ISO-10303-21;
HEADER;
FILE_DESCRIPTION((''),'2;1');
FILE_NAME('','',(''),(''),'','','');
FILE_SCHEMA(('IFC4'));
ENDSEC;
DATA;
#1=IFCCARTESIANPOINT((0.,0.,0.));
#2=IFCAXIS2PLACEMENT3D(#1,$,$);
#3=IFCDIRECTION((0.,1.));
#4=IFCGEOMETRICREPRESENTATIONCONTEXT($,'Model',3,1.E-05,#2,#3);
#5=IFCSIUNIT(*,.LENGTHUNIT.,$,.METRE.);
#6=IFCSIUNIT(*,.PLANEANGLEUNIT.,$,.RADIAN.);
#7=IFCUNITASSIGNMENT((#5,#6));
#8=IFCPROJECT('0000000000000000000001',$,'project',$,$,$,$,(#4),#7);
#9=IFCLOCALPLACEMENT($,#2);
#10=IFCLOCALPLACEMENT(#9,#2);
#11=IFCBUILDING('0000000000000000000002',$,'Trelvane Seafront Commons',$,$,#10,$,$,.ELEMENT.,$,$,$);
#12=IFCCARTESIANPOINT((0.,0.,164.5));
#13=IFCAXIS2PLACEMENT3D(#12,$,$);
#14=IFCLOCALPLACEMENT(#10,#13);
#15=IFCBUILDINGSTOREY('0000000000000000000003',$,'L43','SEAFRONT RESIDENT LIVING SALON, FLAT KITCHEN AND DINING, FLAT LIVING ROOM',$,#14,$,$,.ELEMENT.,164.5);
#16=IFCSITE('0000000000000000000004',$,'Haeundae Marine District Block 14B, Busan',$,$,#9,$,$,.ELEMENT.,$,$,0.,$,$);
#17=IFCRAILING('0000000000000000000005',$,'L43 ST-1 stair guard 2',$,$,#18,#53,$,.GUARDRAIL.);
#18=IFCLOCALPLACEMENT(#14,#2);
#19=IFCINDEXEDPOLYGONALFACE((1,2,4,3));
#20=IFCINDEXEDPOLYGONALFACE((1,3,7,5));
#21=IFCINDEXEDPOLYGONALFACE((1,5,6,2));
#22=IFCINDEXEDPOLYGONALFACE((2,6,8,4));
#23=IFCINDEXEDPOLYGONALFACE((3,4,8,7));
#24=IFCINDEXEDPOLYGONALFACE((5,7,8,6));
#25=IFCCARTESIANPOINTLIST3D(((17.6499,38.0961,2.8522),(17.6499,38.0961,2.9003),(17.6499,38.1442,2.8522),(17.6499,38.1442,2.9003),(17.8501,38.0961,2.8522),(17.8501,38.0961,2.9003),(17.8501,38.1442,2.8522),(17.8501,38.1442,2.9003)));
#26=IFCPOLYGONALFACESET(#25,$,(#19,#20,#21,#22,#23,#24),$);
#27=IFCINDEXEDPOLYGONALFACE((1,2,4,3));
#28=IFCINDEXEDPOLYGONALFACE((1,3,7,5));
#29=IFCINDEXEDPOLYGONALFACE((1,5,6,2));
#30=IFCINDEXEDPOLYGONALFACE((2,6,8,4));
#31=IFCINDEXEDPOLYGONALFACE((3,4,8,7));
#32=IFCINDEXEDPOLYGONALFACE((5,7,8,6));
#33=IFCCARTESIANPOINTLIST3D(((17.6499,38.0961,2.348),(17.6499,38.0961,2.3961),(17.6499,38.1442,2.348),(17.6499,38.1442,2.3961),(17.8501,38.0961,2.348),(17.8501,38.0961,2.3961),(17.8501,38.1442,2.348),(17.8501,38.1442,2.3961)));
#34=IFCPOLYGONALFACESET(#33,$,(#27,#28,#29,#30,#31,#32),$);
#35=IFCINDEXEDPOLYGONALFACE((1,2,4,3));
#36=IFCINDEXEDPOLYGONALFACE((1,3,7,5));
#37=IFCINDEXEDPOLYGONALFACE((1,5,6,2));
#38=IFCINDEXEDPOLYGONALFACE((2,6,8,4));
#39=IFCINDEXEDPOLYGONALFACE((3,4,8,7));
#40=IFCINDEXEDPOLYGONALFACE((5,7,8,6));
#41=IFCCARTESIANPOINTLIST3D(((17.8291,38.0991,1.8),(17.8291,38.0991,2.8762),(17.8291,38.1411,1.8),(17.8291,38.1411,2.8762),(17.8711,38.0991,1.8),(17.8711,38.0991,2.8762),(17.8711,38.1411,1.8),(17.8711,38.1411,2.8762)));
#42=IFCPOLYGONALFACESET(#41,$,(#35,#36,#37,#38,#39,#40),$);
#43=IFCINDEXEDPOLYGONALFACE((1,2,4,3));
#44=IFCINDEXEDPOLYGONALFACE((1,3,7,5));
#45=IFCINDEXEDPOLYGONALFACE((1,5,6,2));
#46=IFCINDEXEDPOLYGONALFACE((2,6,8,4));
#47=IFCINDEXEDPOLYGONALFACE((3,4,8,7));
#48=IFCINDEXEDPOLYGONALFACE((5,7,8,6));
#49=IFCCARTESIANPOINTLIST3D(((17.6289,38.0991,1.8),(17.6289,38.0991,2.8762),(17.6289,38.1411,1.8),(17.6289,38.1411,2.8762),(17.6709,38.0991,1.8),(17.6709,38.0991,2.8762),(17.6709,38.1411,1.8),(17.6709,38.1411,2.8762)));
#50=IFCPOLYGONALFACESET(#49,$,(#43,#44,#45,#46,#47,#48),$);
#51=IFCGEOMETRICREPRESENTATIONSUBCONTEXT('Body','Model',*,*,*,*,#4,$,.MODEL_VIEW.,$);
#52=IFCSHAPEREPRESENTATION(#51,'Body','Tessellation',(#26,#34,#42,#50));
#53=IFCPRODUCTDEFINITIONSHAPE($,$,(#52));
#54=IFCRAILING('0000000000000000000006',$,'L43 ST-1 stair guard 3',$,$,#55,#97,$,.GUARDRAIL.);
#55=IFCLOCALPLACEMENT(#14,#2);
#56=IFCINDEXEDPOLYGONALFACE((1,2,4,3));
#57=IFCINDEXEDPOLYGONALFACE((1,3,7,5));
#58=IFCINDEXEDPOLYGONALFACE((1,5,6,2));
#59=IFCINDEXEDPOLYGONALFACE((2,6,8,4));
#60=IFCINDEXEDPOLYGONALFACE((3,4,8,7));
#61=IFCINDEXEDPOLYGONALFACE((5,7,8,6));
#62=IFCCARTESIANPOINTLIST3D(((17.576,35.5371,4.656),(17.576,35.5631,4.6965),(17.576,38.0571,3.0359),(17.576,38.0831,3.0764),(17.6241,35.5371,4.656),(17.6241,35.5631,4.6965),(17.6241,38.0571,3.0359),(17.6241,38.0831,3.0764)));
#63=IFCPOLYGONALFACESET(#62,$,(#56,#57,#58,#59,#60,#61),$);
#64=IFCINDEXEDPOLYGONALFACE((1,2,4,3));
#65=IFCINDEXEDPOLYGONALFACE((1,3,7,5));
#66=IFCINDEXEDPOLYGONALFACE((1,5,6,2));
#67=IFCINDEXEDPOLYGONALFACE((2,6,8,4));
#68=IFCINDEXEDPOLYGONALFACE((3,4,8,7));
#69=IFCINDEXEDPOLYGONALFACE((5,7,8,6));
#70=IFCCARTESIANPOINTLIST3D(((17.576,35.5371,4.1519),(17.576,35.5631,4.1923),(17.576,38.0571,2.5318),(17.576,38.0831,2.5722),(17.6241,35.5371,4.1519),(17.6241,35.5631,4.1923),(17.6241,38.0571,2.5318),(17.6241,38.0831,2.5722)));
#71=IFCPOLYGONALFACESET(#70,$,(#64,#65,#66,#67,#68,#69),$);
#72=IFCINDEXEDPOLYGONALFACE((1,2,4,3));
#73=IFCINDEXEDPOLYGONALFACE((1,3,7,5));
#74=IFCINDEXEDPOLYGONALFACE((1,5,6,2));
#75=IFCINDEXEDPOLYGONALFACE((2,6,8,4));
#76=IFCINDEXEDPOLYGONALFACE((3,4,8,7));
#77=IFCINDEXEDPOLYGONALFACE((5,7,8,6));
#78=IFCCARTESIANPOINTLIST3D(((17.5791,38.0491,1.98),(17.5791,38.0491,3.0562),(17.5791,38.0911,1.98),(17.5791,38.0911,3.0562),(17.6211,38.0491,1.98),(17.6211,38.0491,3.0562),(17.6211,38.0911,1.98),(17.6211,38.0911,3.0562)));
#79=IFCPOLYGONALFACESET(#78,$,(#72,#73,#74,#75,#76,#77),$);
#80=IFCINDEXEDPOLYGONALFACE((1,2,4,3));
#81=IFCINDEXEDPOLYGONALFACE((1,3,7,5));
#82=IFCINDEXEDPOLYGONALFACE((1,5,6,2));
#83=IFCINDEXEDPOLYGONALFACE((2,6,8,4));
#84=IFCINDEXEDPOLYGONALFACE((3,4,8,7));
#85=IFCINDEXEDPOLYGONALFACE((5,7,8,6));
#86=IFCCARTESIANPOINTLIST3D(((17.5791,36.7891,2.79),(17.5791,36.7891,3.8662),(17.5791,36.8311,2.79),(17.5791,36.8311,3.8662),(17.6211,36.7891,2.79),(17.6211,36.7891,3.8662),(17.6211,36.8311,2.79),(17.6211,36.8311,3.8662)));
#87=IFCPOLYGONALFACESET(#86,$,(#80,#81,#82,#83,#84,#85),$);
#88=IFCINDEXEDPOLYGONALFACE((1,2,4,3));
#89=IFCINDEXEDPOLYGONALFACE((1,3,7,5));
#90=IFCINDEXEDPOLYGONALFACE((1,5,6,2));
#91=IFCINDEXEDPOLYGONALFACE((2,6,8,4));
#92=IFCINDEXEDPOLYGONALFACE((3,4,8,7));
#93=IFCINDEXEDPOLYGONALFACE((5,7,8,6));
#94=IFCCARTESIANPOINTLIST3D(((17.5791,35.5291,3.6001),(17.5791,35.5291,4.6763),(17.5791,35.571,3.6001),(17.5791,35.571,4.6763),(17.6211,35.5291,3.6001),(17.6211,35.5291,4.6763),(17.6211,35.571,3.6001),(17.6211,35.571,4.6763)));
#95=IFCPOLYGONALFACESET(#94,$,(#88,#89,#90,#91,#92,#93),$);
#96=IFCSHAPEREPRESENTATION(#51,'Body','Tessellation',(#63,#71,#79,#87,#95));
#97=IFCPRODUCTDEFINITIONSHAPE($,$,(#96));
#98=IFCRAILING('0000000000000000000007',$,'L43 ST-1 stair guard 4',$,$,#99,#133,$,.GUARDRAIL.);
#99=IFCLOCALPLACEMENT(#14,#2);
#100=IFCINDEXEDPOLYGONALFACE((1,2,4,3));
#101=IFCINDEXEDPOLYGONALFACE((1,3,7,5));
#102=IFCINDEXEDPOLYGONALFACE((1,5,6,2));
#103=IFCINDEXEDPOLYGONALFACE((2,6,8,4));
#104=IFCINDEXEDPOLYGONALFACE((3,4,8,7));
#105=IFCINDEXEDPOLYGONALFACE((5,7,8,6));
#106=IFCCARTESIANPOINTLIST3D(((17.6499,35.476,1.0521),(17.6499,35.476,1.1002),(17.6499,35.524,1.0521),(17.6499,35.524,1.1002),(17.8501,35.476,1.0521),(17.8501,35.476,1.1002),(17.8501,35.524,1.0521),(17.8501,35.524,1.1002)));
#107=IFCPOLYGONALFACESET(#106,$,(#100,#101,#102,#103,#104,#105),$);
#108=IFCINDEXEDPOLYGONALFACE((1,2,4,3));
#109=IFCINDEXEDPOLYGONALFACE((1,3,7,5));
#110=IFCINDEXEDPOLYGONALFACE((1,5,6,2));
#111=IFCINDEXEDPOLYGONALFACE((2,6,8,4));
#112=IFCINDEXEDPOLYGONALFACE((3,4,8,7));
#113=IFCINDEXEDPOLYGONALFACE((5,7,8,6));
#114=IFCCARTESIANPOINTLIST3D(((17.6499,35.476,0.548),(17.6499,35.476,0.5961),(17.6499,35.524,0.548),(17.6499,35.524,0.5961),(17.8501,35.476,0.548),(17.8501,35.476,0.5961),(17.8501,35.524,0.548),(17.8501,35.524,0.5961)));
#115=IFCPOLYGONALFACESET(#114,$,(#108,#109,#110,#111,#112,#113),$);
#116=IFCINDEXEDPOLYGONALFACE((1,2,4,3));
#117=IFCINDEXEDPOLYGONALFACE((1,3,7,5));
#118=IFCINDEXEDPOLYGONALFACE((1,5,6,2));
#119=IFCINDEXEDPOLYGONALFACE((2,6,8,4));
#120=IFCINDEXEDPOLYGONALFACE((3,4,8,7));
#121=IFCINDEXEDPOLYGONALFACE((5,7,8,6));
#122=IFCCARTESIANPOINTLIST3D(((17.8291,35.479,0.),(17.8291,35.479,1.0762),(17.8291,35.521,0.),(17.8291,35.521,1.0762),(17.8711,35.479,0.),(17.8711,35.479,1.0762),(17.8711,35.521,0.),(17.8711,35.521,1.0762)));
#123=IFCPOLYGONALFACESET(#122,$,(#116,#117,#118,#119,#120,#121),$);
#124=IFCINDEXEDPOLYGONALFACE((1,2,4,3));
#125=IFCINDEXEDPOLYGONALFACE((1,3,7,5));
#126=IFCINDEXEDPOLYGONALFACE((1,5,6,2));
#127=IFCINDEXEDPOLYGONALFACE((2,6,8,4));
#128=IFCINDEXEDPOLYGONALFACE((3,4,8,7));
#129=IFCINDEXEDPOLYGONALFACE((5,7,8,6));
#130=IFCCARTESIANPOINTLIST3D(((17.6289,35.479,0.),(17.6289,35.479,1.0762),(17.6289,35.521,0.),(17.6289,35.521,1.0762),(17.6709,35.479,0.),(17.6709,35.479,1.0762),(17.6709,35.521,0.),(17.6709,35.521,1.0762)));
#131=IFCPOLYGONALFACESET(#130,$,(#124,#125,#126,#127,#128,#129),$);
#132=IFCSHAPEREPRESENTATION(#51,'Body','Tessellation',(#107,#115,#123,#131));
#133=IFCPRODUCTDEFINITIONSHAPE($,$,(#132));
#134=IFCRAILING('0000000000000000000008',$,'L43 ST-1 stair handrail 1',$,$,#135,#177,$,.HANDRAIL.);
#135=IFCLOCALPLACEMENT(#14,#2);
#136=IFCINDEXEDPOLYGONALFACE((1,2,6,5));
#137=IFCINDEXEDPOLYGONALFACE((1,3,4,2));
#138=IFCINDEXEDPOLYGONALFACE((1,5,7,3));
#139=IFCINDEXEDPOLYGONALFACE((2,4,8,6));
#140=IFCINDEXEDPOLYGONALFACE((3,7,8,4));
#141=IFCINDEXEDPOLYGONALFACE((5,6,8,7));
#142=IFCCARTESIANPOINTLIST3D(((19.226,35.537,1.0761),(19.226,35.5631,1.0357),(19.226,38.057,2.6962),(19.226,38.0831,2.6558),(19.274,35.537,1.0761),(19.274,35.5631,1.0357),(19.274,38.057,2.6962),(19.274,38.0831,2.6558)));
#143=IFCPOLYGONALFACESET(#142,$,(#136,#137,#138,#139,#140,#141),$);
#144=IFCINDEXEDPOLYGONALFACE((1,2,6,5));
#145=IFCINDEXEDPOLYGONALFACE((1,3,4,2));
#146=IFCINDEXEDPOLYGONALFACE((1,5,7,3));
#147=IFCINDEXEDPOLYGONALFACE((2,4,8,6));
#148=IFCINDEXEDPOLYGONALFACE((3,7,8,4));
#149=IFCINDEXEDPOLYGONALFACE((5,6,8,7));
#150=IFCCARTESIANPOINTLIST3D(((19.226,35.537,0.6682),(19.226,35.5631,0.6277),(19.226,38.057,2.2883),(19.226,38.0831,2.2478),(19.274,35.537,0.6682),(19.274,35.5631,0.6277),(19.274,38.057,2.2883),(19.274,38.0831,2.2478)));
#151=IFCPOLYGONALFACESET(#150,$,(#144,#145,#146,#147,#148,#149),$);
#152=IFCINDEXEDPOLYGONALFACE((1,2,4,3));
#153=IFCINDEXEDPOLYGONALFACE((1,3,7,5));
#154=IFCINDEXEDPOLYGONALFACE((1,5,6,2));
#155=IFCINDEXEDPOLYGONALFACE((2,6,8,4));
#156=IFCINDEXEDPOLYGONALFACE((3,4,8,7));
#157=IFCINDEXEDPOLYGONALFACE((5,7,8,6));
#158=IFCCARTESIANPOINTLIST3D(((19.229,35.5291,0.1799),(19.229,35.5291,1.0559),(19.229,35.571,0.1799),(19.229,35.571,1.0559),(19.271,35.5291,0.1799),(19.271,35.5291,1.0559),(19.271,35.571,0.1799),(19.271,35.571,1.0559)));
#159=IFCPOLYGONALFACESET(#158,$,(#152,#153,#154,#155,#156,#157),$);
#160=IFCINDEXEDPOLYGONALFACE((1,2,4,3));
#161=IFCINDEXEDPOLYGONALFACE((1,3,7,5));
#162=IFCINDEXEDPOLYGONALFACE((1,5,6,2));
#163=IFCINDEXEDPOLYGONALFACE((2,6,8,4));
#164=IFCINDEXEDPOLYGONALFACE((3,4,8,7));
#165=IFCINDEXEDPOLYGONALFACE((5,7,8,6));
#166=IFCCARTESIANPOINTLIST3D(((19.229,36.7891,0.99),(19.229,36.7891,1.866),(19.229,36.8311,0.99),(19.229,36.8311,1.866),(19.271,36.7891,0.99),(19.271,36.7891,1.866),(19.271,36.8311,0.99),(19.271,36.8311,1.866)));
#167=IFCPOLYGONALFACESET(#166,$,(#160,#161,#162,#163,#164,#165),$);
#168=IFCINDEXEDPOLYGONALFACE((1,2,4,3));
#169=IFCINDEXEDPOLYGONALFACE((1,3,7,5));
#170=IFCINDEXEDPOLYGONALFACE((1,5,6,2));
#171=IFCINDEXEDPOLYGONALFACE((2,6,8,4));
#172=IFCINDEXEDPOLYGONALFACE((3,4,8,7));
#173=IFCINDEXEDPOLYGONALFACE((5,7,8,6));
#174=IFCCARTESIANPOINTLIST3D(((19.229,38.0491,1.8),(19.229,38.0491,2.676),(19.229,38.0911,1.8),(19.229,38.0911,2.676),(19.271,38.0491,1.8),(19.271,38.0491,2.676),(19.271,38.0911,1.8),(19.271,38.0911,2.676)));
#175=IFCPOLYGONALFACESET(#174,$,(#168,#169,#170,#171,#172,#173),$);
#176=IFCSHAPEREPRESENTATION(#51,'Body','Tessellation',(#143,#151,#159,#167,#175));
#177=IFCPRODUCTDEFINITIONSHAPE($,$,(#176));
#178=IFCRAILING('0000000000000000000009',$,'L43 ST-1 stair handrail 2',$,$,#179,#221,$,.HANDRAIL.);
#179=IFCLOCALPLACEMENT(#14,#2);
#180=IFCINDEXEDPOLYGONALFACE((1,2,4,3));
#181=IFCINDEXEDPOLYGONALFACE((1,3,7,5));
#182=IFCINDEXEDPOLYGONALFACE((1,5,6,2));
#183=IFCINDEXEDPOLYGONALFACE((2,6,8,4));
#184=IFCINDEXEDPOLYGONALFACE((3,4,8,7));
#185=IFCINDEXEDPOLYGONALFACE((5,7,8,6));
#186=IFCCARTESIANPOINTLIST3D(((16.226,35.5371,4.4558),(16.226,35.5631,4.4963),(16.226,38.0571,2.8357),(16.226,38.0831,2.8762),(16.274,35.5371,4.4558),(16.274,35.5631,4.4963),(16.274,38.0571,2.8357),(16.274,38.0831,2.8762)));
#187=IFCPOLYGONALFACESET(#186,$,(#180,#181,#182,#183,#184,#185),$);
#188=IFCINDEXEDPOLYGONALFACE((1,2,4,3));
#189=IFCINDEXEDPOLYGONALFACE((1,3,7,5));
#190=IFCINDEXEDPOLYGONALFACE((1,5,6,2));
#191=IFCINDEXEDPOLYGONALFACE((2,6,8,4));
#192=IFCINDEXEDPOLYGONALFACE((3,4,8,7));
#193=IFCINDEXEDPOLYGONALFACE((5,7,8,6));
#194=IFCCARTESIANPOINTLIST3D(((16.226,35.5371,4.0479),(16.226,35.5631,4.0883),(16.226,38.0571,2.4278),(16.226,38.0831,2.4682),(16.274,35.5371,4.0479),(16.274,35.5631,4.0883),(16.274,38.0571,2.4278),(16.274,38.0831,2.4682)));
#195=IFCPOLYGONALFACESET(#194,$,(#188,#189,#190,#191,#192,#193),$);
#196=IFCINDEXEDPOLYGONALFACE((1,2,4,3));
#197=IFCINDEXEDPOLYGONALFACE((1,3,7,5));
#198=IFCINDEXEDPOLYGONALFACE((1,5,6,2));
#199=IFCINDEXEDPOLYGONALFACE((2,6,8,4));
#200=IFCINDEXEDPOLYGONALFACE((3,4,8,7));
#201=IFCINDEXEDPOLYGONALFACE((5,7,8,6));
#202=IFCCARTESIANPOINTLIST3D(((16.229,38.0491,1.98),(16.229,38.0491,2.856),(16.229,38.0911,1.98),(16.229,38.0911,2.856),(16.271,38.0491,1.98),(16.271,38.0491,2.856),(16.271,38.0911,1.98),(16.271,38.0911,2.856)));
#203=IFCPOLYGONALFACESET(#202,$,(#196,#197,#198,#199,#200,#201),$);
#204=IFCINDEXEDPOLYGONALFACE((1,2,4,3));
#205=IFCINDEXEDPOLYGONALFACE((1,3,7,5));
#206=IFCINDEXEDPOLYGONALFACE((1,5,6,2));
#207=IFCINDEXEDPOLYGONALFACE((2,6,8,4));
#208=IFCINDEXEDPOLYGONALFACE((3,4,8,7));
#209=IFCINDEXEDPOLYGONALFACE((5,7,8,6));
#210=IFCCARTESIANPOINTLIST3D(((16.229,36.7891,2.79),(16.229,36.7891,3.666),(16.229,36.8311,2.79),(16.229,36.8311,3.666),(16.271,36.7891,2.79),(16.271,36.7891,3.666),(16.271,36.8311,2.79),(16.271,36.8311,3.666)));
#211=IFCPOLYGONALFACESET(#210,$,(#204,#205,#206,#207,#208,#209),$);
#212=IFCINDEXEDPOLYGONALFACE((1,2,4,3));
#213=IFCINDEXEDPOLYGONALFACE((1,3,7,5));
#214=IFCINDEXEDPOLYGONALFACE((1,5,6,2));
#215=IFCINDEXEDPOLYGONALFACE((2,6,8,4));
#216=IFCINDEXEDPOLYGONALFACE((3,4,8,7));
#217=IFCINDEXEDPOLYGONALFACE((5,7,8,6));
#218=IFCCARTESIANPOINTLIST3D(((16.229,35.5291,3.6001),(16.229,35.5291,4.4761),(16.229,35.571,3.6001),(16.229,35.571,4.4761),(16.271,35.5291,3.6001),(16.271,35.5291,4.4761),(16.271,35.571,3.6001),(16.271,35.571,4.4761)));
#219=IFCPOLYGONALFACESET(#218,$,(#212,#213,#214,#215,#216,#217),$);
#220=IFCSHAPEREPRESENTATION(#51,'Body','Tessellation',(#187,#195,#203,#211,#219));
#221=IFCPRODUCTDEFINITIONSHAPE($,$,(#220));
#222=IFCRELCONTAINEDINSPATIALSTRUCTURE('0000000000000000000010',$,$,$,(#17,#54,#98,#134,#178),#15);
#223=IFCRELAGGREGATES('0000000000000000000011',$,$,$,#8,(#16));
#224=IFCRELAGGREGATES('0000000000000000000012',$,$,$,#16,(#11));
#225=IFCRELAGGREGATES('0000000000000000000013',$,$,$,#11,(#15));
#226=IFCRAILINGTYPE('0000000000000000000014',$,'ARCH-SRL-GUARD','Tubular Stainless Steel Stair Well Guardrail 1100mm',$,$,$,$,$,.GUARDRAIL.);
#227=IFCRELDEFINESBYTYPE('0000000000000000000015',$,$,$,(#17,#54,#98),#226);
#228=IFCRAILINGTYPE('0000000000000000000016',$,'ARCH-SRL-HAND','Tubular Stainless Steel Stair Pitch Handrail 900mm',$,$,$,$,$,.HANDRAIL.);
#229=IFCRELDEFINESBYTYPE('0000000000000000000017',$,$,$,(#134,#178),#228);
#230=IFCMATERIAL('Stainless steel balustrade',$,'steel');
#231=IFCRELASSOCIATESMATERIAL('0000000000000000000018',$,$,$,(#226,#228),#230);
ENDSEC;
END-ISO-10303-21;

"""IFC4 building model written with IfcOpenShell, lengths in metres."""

from ifc_helpers import new_model, si_unit, direction, frame, origin, origin_2d, place, context, subcontext, project, spatial, rectangle, extrude, material, type_object, element, save


model = new_model("IFC4")

# Units and contexts
model_context = context("Model", 3, precision=1e-05, world=origin(), true_north=direction((0.0, 1.0)))
body_context = subcontext(model_context, "Body", "Model", "MODEL_VIEW")
ifc_project = project(units=[si_unit("LENGTHUNIT", "METRE"), si_unit("PLANEANGLEUNIT", "RADIAN")], contexts=[model_context])

# Site, building, storey
site_placement = place(None, origin())
site = spatial("IfcSite", under=ifc_project, at=site_placement, Name="Haeundae Marine District Block 14B, Busan", CompositionType="ELEMENT", RefElevation=0.0)
building_placement = place(site_placement, origin())
building = spatial("IfcBuilding", under=site, at=building_placement, Name="Trelvane Seafront Commons", CompositionType="ELEMENT")
storey_placement = place(building_placement, frame((0.0, 0.0, 164.5)))
storey = spatial("IfcBuildingStorey", under=building, at=storey_placement, Name="L43", Description="SEAFRONT RESIDENT LIVING SALON, FLAT KITCHEN AND DINING, FLAT LIVING ROOM", CompositionType="ELEMENT", Elevation=164.5)

# Shared definitions
ifc_material_1 = material(Name="Stainless steel balustrade", Category="steel")

# Railings
railing_type_1 = type_object("IfcRailingType", Name="ARCH-SRL-GUARD", Description="Tubular Stainless Steel Stair Well Guardrail 1100mm", PredefinedType="GUARDRAIL", material=ifc_material_1)
railing_1_placement = place(storey_placement, frame((17.8501, 38.1201, 1.8)))
element("IfcRailing", 1, at=railing_1_placement, inside=storey, type_object=railing_type_1, Name="L43 ST-1 stair guard 2", PredefinedType="GUARDRAIL", context=body_context, shape_type="SweptSolid", body=[
    extrude(rectangle(XDim=0.0481, YDim=0.0481, at=origin_2d()), frame((0.0, 0.0, 1.0762), z_axis=(-1.0, 0.0, 0.0), x_axis=(0.0, -1.0, 0.0)), (0.0, 0.0, 1.0), 0.2002),
    extrude(rectangle(XDim=0.0481, YDim=0.0481, at=origin_2d()), frame((0.0, 0.0, 0.572), z_axis=(-1.0, 0.0, 0.0), x_axis=(0.0, -1.0, 0.0)), (0.0, 0.0, 1.0), 0.2002),
    extrude(rectangle(XDim=0.042, YDim=0.042, at=origin_2d()), origin(), (0.0, 0.0, 1.0), 1.0762),
    extrude(rectangle(XDim=0.042, YDim=0.042, at=origin_2d()), frame((-0.2002, 0.0, 0.0)), (0.0, 0.0, 1.0), 1.0762),
])
railing_2_placement = place(storey_placement, frame((17.6001, 38.0701, 1.98)))
element("IfcRailing", 2, at=railing_2_placement, inside=storey, type_object=railing_type_1, Name="L43 ST-1 stair guard 3", PredefinedType="GUARDRAIL", context=body_context, shape_type="SweptSolid", body=[
    extrude(rectangle(XDim=0.0481, YDim=0.0481, at=origin_2d()), frame((0.0, 0.0, 1.0762), z_axis=(0.0, -0.841163, 0.540782), x_axis=(1.0, 0.0, 0.0)), (0.0, 0.0, 1.0), 2.9958),
    extrude(rectangle(XDim=0.0481, YDim=0.0481, at=origin_2d()), frame((0.0, 0.0, 0.572), z_axis=(0.0, -0.841163, 0.540782), x_axis=(1.0, 0.0, 0.0)), (0.0, 0.0, 1.0), 2.9958),
    extrude(rectangle(XDim=0.042, YDim=0.042, at=origin_2d()), origin(), (0.0, 0.0, 1.0), 1.0762),
    extrude(rectangle(XDim=0.042, YDim=0.042, at=origin_2d()), frame((0.0, -1.26, 0.8101)), (0.0, 0.0, 1.0), 1.0762),
    extrude(rectangle(XDim=0.042, YDim=0.042, at=origin_2d()), frame((0.0, -2.52, 1.6201)), (0.0, 0.0, 1.0), 1.0762),
])
railing_3_placement = place(storey_placement, frame((17.8501, 35.5, 0.0)))
element("IfcRailing", 3, at=railing_3_placement, inside=storey, type_object=railing_type_1, Name="L43 ST-1 stair guard 4", PredefinedType="GUARDRAIL", context=body_context, shape_type="SweptSolid", body=[
    extrude(rectangle(XDim=0.0481, YDim=0.0481, at=origin_2d()), frame((0.0, 0.0, 1.0762), z_axis=(-1.0, 0.0, 0.0), x_axis=(0.0, -1.0, 0.0)), (0.0, 0.0, 1.0), 0.2002),
    extrude(rectangle(XDim=0.0481, YDim=0.0481, at=origin_2d()), frame((0.0, 0.0, 0.572), z_axis=(-1.0, 0.0, 0.0), x_axis=(0.0, -1.0, 0.0)), (0.0, 0.0, 1.0), 0.2002),
    extrude(rectangle(XDim=0.042, YDim=0.042, at=origin_2d()), origin(), (0.0, 0.0, 1.0), 1.0762),
    extrude(rectangle(XDim=0.042, YDim=0.042, at=origin_2d()), frame((-0.2002, 0.0, 0.0)), (0.0, 0.0, 1.0), 1.0762),
])
railing_type_2 = type_object("IfcRailingType", Name="ARCH-SRL-HAND", Description="Tubular Stainless Steel Stair Pitch Handrail 900mm", PredefinedType="HANDRAIL", material=ifc_material_1)
railing_4_placement = place(storey_placement, frame((19.25, 35.55, 0.1799)))
element("IfcRailing", 4, at=railing_4_placement, inside=storey, type_object=railing_type_2, Name="L43 ST-1 stair handrail 1", PredefinedType="HANDRAIL", context=body_context, shape_type="SweptSolid", body=[
    extrude(rectangle(XDim=0.0481, YDim=0.0481, at=origin_2d()), frame((0.0, 0.0, 0.876), z_axis=(0.0, 0.841163, 0.540782), x_axis=(-1.0, 0.0, 0.0)), (0.0, 0.0, 1.0), 2.9958),
    extrude(rectangle(XDim=0.0481, YDim=0.0481, at=origin_2d()), frame((0.0, 0.0, 0.468), z_axis=(0.0, 0.841163, 0.540782), x_axis=(-1.0, 0.0, 0.0)), (0.0, 0.0, 1.0), 2.9958),
    extrude(rectangle(XDim=0.042, YDim=0.042, at=origin_2d()), origin(), (0.0, 0.0, 1.0), 0.876),
    extrude(rectangle(XDim=0.042, YDim=0.042, at=origin_2d()), frame((0.0, 1.26, 0.8101)), (0.0, 0.0, 1.0), 0.876),
    extrude(rectangle(XDim=0.042, YDim=0.042, at=origin_2d()), frame((0.0, 2.52, 1.6201)), (0.0, 0.0, 1.0), 0.876),
])
railing_5_placement = place(storey_placement, frame((16.25, 38.0701, 1.98)))
element("IfcRailing", 5, at=railing_5_placement, inside=storey, type_object=railing_type_2, Name="L43 ST-1 stair handrail 2", PredefinedType="HANDRAIL", context=body_context, shape_type="SweptSolid", body=[
    extrude(rectangle(XDim=0.0481, YDim=0.0481, at=origin_2d()), frame((0.0, 0.0, 0.876), z_axis=(0.0, -0.841163, 0.540782), x_axis=(1.0, 0.0, 0.0)), (0.0, 0.0, 1.0), 2.9958),
    extrude(rectangle(XDim=0.0481, YDim=0.0481, at=origin_2d()), frame((0.0, 0.0, 0.468), z_axis=(0.0, -0.841163, 0.540782), x_axis=(1.0, 0.0, 0.0)), (0.0, 0.0, 1.0), 2.9958),
    extrude(rectangle(XDim=0.042, YDim=0.042, at=origin_2d()), origin(), (0.0, 0.0, 1.0), 0.876),
    extrude(rectangle(XDim=0.042, YDim=0.042, at=origin_2d()), frame((0.0, -1.26, 0.8101)), (0.0, 0.0, 1.0), 0.876),
    extrude(rectangle(XDim=0.042, YDim=0.042, at=origin_2d()), frame((0.0, -2.52, 1.6201)), (0.0, 0.0, 1.0), 0.876),
])

save(model, "model.ifc")
